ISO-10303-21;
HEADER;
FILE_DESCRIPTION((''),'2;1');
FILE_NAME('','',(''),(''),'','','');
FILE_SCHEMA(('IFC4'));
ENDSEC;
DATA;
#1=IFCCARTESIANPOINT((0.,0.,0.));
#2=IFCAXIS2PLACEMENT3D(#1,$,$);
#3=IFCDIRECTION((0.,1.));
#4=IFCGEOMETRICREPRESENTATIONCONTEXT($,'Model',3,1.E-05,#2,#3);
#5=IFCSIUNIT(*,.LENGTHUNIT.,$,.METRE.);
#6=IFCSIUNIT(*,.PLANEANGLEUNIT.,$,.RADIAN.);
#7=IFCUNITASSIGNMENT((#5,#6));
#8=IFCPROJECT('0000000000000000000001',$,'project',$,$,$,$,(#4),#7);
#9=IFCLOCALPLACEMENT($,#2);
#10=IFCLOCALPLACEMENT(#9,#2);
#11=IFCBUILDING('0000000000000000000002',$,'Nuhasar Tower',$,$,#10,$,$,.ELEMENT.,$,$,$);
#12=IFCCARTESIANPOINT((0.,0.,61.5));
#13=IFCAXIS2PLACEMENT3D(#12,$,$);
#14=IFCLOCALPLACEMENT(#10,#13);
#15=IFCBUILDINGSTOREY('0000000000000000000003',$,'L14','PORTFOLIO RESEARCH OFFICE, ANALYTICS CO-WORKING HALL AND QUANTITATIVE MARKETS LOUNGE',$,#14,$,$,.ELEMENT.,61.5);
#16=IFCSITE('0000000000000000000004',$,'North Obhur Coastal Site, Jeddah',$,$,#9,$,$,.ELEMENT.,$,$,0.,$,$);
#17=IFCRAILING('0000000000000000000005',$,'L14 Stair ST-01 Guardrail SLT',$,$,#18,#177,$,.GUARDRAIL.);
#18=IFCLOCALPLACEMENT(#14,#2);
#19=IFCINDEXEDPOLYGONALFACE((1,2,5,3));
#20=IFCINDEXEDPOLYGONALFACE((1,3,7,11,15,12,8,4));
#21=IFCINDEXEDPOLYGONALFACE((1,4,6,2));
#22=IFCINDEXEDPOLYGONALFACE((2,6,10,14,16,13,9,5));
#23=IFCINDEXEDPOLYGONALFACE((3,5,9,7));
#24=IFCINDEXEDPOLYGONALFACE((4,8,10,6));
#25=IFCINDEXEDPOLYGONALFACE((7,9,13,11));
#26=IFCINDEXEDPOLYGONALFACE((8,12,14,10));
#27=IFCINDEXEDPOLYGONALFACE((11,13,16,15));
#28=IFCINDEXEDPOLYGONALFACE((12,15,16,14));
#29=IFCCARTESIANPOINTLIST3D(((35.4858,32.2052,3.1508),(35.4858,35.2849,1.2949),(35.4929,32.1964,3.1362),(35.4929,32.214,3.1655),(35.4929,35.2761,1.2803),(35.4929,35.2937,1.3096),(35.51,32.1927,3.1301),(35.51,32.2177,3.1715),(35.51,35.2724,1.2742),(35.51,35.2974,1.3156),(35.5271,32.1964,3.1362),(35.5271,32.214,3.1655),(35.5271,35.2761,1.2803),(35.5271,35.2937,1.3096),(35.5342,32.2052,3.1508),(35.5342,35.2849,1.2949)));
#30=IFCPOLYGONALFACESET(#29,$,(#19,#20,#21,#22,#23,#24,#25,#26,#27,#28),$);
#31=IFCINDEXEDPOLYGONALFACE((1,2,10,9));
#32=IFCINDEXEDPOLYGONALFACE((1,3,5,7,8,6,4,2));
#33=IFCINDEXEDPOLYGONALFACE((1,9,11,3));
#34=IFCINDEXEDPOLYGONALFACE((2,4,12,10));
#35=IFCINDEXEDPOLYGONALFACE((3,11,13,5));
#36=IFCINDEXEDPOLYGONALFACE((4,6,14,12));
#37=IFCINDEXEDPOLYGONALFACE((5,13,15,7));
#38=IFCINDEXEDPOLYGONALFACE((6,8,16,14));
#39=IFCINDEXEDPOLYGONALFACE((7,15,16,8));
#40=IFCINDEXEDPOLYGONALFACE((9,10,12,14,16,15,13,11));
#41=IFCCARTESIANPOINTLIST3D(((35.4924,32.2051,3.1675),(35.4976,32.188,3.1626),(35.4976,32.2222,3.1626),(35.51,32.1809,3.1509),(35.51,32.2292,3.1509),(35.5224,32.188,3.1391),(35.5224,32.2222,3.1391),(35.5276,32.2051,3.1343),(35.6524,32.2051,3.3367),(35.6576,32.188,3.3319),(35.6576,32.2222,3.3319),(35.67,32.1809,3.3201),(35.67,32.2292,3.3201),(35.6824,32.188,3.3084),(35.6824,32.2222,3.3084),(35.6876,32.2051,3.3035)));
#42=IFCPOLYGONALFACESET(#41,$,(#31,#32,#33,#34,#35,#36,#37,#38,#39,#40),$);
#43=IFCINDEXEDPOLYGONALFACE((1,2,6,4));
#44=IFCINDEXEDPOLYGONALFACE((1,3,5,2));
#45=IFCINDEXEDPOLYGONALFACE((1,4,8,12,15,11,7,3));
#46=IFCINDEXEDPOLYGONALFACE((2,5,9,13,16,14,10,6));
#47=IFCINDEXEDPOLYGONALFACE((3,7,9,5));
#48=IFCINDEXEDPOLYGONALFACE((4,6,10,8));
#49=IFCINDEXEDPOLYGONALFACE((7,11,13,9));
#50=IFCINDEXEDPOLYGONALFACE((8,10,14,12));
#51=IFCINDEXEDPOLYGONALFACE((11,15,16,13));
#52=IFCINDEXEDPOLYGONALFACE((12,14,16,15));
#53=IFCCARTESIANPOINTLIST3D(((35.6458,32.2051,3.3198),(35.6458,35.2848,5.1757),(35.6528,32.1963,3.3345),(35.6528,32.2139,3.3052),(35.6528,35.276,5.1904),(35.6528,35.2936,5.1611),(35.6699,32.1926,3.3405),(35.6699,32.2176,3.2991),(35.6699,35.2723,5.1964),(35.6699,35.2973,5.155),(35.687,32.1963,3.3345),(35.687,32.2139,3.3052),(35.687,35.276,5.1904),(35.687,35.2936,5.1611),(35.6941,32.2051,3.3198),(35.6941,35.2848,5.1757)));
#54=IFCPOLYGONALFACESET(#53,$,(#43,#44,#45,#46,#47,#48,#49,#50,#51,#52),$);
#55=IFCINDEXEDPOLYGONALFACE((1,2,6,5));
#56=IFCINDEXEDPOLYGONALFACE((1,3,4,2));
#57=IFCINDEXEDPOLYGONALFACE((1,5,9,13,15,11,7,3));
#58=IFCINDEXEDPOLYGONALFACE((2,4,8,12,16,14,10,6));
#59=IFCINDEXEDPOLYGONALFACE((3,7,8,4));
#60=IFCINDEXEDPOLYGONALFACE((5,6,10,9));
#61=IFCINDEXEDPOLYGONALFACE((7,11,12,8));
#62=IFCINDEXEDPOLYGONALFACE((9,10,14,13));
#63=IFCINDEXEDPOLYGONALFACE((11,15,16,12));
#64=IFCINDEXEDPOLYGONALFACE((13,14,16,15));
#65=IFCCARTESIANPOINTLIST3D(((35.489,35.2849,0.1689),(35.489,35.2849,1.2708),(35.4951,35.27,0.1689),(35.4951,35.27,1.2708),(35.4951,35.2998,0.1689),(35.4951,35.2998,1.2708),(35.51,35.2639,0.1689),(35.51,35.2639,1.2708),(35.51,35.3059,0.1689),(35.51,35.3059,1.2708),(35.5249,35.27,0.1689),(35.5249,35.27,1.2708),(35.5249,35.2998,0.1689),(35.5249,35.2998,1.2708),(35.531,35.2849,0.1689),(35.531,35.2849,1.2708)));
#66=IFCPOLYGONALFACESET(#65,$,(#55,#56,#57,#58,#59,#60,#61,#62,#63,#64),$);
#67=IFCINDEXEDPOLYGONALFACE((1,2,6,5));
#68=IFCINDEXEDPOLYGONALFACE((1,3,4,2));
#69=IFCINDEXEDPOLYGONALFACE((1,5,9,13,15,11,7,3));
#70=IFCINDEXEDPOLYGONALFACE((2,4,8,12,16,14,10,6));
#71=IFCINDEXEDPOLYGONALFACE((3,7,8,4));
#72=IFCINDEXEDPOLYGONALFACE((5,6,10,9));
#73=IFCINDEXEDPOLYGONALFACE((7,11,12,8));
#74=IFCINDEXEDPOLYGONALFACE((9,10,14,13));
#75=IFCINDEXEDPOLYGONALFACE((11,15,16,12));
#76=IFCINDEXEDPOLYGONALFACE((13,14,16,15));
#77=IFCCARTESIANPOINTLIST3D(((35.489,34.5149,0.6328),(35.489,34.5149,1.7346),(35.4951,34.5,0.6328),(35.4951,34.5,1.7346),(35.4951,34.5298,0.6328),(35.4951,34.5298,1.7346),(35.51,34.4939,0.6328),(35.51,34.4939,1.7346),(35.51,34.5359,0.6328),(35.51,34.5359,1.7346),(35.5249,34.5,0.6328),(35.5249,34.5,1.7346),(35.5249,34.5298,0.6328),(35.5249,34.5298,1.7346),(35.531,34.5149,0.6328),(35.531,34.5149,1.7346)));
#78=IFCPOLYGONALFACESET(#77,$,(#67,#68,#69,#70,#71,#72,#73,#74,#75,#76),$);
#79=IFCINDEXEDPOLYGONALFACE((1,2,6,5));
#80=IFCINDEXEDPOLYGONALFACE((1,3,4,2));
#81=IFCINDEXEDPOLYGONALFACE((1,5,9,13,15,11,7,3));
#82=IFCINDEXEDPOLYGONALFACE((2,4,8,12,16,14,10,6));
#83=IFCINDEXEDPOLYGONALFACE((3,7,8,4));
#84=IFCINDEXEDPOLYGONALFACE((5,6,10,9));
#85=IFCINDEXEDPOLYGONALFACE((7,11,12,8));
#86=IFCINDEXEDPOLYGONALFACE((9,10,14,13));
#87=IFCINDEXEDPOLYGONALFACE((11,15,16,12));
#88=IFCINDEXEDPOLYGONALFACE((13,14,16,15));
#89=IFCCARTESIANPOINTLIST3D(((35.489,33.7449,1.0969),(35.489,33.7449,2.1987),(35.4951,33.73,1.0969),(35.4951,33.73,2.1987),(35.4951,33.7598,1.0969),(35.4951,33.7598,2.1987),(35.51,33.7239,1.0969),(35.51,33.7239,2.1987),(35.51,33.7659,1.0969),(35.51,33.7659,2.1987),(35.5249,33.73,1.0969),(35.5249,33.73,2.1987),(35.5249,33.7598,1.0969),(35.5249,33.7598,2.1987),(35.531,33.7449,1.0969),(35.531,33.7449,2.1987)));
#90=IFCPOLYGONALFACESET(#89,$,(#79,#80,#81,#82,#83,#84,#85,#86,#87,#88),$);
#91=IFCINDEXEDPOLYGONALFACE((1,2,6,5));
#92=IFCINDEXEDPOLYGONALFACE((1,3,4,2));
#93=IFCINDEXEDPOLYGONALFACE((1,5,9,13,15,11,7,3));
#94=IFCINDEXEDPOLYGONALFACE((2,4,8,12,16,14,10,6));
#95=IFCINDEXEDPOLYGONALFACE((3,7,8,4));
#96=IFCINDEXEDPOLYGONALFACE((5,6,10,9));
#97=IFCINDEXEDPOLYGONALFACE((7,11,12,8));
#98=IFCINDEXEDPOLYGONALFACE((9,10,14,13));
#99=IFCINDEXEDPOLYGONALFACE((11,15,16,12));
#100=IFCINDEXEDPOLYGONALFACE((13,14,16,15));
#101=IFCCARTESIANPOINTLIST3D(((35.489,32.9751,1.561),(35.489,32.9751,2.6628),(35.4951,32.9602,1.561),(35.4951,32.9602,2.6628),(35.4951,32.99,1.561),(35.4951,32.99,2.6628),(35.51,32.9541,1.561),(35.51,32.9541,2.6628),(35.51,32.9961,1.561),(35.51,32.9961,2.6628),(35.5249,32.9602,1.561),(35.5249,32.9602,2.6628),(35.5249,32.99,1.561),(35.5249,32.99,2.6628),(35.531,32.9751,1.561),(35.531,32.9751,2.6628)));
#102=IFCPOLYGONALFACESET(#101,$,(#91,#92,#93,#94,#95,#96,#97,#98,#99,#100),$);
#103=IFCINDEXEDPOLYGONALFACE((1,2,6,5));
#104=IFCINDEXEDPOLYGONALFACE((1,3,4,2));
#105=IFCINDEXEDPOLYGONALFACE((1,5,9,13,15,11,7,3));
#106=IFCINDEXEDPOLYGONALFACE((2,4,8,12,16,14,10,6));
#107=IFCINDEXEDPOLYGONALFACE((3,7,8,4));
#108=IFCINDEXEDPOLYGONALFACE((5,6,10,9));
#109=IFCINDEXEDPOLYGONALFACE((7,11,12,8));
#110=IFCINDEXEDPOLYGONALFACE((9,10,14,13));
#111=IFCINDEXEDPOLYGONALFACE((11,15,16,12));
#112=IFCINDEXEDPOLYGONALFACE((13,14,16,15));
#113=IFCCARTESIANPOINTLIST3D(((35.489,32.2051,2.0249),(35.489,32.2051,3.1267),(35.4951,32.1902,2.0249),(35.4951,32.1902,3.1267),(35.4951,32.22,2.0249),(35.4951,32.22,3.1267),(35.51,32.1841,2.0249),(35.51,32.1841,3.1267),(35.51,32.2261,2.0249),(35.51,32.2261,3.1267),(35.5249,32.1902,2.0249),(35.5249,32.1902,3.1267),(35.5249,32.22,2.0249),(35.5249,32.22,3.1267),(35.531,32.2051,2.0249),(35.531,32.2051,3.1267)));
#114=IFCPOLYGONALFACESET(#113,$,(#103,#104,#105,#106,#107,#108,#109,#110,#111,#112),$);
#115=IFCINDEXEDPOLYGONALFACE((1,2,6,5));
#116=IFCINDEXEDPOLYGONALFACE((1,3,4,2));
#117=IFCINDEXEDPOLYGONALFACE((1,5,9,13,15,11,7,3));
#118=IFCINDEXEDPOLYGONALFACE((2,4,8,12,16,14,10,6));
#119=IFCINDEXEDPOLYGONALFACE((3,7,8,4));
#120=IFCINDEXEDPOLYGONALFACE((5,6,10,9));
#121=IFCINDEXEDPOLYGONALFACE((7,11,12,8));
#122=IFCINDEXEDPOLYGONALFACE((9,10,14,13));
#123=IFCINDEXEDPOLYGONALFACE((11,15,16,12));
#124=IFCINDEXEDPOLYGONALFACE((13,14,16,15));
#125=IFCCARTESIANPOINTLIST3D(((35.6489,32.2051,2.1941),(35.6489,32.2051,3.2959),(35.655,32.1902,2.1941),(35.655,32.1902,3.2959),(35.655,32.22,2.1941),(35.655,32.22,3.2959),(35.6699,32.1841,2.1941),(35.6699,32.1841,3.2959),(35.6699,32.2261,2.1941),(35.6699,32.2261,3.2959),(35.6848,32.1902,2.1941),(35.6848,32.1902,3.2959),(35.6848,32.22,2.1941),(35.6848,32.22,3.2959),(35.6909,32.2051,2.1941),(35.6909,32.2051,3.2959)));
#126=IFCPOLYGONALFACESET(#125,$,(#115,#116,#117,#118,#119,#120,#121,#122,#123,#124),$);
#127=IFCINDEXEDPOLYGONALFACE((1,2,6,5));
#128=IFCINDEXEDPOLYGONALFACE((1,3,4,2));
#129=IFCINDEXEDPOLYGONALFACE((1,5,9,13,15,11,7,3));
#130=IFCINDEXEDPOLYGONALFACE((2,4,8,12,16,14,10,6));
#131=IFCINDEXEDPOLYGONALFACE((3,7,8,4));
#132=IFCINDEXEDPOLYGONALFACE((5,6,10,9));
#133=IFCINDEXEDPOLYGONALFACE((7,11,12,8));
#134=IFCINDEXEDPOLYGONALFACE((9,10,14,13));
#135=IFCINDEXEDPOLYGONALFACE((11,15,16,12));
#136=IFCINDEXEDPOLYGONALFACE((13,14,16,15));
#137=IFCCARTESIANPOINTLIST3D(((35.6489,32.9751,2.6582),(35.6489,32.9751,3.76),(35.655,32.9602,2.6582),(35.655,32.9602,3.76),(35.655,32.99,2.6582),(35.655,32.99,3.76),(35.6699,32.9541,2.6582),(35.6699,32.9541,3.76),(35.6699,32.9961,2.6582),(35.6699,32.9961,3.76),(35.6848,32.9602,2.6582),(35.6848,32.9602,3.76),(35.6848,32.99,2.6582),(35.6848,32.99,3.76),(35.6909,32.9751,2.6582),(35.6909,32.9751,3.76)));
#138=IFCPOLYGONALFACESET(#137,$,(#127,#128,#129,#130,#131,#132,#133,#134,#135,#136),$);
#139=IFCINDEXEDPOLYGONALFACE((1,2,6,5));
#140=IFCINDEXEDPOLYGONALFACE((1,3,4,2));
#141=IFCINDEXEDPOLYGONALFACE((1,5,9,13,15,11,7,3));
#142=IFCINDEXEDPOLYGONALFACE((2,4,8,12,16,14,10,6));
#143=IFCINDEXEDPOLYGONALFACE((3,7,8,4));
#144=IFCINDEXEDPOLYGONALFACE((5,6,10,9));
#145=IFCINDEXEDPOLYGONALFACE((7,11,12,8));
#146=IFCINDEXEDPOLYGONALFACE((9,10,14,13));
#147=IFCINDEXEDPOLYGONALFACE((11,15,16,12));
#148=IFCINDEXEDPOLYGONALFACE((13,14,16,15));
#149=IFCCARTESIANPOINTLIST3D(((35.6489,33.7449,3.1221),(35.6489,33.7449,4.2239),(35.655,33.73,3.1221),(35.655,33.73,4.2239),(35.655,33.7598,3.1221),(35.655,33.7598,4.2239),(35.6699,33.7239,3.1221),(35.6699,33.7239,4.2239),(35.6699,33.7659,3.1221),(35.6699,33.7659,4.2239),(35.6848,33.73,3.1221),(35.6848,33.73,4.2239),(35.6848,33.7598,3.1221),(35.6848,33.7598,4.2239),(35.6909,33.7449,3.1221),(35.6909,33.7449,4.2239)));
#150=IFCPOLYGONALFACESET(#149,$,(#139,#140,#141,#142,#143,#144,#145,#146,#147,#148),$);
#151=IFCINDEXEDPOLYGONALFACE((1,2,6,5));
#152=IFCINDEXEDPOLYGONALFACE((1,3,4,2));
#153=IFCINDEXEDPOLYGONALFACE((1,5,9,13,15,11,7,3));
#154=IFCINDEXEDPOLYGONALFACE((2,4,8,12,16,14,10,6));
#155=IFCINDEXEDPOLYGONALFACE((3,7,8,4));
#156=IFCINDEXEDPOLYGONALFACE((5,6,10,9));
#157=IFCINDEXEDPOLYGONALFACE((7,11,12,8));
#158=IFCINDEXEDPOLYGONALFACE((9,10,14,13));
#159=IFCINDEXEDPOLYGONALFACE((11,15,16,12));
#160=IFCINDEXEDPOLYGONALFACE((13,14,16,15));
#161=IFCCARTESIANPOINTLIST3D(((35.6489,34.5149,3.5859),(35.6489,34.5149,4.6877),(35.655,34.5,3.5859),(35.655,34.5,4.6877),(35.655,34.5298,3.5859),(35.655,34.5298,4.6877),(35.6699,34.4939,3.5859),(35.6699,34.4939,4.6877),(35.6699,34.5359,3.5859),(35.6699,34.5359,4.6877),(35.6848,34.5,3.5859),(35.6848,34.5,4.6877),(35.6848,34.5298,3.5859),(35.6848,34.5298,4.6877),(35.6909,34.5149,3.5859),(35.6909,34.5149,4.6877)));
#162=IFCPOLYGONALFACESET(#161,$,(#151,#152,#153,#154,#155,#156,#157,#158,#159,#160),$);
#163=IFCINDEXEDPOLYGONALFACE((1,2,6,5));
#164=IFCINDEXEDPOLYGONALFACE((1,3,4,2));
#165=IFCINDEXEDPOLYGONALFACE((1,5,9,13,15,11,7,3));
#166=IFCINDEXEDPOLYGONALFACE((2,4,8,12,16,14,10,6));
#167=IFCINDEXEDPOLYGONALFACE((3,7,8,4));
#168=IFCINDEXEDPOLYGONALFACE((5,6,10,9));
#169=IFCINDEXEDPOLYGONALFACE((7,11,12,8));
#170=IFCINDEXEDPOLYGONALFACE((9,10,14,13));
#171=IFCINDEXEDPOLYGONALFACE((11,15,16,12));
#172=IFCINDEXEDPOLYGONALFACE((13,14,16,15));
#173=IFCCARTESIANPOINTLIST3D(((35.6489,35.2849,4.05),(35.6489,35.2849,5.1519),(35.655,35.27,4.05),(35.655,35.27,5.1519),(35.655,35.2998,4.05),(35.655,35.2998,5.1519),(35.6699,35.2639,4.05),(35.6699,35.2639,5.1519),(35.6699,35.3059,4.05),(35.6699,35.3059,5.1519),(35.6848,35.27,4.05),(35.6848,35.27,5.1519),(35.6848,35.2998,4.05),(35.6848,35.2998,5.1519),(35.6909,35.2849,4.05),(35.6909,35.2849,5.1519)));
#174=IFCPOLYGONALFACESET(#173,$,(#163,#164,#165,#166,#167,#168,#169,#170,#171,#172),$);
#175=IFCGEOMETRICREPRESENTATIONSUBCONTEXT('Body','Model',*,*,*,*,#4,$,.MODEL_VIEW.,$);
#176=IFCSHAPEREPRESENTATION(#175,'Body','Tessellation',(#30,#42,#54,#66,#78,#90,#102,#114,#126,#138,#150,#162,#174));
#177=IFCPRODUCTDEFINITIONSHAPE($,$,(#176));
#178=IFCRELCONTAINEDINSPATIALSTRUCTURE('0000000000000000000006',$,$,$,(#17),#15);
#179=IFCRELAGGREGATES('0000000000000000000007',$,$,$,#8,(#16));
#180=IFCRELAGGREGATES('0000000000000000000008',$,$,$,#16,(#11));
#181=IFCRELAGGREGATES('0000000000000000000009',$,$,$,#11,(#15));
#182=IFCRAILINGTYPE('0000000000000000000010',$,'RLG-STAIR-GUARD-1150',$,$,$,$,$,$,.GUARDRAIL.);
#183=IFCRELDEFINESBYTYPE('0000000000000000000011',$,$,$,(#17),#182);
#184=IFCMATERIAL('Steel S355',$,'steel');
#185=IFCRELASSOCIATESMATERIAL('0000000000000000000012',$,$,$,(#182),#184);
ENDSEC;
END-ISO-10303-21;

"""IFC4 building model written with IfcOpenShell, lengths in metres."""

from ifc_helpers import new_model, si_unit, direction, frame, origin, place, context, subcontext, project, spatial, polyline, outline, extrude, material, type_object, element, save


model = new_model("IFC4")

# Units and contexts
model_context = context("Model", 3, precision=1e-05, world=origin(), true_north=direction((0.0, 1.0)))
body_context = subcontext(model_context, "Body", "Model", "MODEL_VIEW")
ifc_project = project(units=[si_unit("LENGTHUNIT", "METRE"), si_unit("PLANEANGLEUNIT", "RADIAN")], contexts=[model_context])

# Site, building, storey
site_placement = place(None, origin())
site = spatial("IfcSite", under=ifc_project, at=site_placement, Name="North Obhur Coastal Site, Jeddah", CompositionType="ELEMENT", RefElevation=0.0)
building_placement = place(site_placement, origin())
building = spatial("IfcBuilding", under=site, at=building_placement, Name="Nuhasar Tower", CompositionType="ELEMENT")
storey_placement = place(building_placement, frame((0.0, 0.0, 61.5)))
storey = spatial("IfcBuildingStorey", under=building, at=storey_placement, Name="L14", Description="PORTFOLIO RESEARCH OFFICE, ANALYTICS CO-WORKING HALL AND QUANTITATIVE MARKETS LOUNGE", CompositionType="ELEMENT", Elevation=61.5)

# Shared definitions
ifc_material_1 = material(Name="Steel S355", Category="steel")

# Railing
railing_type_1 = type_object("IfcRailingType", Name="RLG-STAIR-GUARD-1150", PredefinedType="GUARDRAIL", material=ifc_material_1)
railing_1_placement = place(storey_placement, frame((35.51, 35.2849, 0.1689)))
element("IfcRailing", 1, at=railing_1_placement, inside=storey, type_object=railing_type_1, Name="L14 Stair ST-01 Guardrail SLT", PredefinedType="GUARDRAIL", context=body_context, shape_type="SweptSolid", body=[
    extrude(outline(polyline([(0.0242, 0.0), (0.0171, 0.0171), (0.0, 0.0242), (-0.0171, 0.0171), (-0.0242, 0.0), (-0.0171, -0.0171), (0.0, -0.0242), (0.0171, -0.0171), (0.0242, 0.0)])), frame((0.0, 0.0, 1.126), z_axis=(0.0, -0.856503, 0.516142), x_axis=(1.0, 0.0, 0.0)), (0.0, 0.0, 1.0), 3.5957),
    extrude(outline(polyline([(0.0242, 0.0), (0.0171, 0.0171), (0.0, 0.0242), (-0.0171, 0.0171), (-0.0242, 0.0), (-0.0171, -0.0171), (0.0, -0.0242), (0.0171, -0.0171), (0.0242, 0.0)])), frame((0.0, -3.0798, 2.9819), z_axis=(0.686901, 0.0, 0.726751), x_axis=(0.0, 1.0, 0.0)), (0.0, 0.0, 1.0), 0.2329),
    extrude(outline(polyline([(0.0242, 0.0), (0.0171, 0.0171), (0.0, 0.0242), (-0.0171, 0.0171), (-0.0242, 0.0), (-0.0171, -0.0171), (0.0, -0.0242), (0.0171, -0.0171), (0.0242, 0.0)])), frame((0.1599, -3.0798, 3.1509), z_axis=(0.0, 0.856503, 0.516142), x_axis=(-1.0, 0.0, 0.0)), (0.0, 0.0, 1.0), 3.5957),
    extrude(outline(polyline([(0.021, 0.0), (0.0149, 0.0149), (0.0, 0.021), (-0.0149, 0.0149), (-0.021, 0.0), (-0.0149, -0.0149), (0.0, -0.021), (0.0149, -0.0149), (0.021, 0.0)])), origin(), (0.0, 0.0, 1.0), 1.1018),
    extrude(outline(polyline([(0.021, 0.0), (0.0149, 0.0149), (0.0, 0.021), (-0.0149, 0.0149), (-0.021, 0.0), (-0.0149, -0.0149), (0.0, -0.021), (0.0149, -0.0149), (0.021, 0.0)])), frame((0.0, -0.77, 0.4639)), (0.0, 0.0, 1.0), 1.1018),
    extrude(outline(polyline([(0.021, 0.0), (0.0149, 0.0149), (0.0, 0.021), (-0.0149, 0.0149), (-0.021, 0.0), (-0.0149, -0.0149), (0.0, -0.021), (0.0149, -0.0149), (0.021, 0.0)])), frame((0.0, -1.54, 0.928)), (0.0, 0.0, 1.0), 1.1018),
    extrude(outline(polyline([(0.021, 0.0), (0.0149, 0.0149), (0.0, 0.021), (-0.0149, 0.0149), (-0.021, 0.0), (-0.0149, -0.0149), (0.0, -0.021), (0.0149, -0.0149), (0.021, 0.0)])), frame((0.0, -2.3098, 1.3921)), (0.0, 0.0, 1.0), 1.1018),
    extrude(outline(polyline([(0.021, 0.0), (0.0149, 0.0149), (0.0, 0.021), (-0.0149, 0.0149), (-0.021, 0.0), (-0.0149, -0.0149), (0.0, -0.021), (0.0149, -0.0149), (0.021, 0.0)])), frame((0.0, -3.0798, 1.856)), (0.0, 0.0, 1.0), 1.1018),
    extrude(outline(polyline([(0.021, 0.0), (0.0149, 0.0149), (0.0, 0.021), (-0.0149, 0.0149), (-0.021, 0.0), (-0.0149, -0.0149), (0.0, -0.021), (0.0149, -0.0149), (0.021, 0.0)])), frame((0.1599, -3.0798, 2.0251)), (0.0, 0.0, 1.0), 1.1018),
    extrude(outline(polyline([(0.021, 0.0), (0.0149, 0.0149), (0.0, 0.021), (-0.0149, 0.0149), (-0.021, 0.0), (-0.0149, -0.0149), (0.0, -0.021), (0.0149, -0.0149), (0.021, 0.0)])), frame((0.1599, -2.3098, 2.4893)), (0.0, 0.0, 1.0), 1.1018),
    extrude(outline(polyline([(0.021, 0.0), (0.0149, 0.0149), (0.0, 0.021), (-0.0149, 0.0149), (-0.021, 0.0), (-0.0149, -0.0149), (0.0, -0.021), (0.0149, -0.0149), (0.021, 0.0)])), frame((0.1599, -1.54, 2.9531)), (0.0, 0.0, 1.0), 1.1018),
    extrude(outline(polyline([(0.021, 0.0), (0.0149, 0.0149), (0.0, 0.021), (-0.0149, 0.0149), (-0.021, 0.0), (-0.0149, -0.0149), (0.0, -0.021), (0.0149, -0.0149), (0.021, 0.0)])), frame((0.1599, -0.77, 3.417)), (0.0, 0.0, 1.0), 1.1018),
    extrude(outline(polyline([(0.021, 0.0), (0.0149, 0.0149), (0.0, 0.021), (-0.0149, 0.0149), (-0.021, 0.0), (-0.0149, -0.0149), (0.0, -0.021), (0.0149, -0.0149), (0.021, 0.0)])), frame((0.1599, 0.0, 3.8811)), (0.0, 0.0, 1.0), 1.1018),
])

save(model, "model.ifc")
